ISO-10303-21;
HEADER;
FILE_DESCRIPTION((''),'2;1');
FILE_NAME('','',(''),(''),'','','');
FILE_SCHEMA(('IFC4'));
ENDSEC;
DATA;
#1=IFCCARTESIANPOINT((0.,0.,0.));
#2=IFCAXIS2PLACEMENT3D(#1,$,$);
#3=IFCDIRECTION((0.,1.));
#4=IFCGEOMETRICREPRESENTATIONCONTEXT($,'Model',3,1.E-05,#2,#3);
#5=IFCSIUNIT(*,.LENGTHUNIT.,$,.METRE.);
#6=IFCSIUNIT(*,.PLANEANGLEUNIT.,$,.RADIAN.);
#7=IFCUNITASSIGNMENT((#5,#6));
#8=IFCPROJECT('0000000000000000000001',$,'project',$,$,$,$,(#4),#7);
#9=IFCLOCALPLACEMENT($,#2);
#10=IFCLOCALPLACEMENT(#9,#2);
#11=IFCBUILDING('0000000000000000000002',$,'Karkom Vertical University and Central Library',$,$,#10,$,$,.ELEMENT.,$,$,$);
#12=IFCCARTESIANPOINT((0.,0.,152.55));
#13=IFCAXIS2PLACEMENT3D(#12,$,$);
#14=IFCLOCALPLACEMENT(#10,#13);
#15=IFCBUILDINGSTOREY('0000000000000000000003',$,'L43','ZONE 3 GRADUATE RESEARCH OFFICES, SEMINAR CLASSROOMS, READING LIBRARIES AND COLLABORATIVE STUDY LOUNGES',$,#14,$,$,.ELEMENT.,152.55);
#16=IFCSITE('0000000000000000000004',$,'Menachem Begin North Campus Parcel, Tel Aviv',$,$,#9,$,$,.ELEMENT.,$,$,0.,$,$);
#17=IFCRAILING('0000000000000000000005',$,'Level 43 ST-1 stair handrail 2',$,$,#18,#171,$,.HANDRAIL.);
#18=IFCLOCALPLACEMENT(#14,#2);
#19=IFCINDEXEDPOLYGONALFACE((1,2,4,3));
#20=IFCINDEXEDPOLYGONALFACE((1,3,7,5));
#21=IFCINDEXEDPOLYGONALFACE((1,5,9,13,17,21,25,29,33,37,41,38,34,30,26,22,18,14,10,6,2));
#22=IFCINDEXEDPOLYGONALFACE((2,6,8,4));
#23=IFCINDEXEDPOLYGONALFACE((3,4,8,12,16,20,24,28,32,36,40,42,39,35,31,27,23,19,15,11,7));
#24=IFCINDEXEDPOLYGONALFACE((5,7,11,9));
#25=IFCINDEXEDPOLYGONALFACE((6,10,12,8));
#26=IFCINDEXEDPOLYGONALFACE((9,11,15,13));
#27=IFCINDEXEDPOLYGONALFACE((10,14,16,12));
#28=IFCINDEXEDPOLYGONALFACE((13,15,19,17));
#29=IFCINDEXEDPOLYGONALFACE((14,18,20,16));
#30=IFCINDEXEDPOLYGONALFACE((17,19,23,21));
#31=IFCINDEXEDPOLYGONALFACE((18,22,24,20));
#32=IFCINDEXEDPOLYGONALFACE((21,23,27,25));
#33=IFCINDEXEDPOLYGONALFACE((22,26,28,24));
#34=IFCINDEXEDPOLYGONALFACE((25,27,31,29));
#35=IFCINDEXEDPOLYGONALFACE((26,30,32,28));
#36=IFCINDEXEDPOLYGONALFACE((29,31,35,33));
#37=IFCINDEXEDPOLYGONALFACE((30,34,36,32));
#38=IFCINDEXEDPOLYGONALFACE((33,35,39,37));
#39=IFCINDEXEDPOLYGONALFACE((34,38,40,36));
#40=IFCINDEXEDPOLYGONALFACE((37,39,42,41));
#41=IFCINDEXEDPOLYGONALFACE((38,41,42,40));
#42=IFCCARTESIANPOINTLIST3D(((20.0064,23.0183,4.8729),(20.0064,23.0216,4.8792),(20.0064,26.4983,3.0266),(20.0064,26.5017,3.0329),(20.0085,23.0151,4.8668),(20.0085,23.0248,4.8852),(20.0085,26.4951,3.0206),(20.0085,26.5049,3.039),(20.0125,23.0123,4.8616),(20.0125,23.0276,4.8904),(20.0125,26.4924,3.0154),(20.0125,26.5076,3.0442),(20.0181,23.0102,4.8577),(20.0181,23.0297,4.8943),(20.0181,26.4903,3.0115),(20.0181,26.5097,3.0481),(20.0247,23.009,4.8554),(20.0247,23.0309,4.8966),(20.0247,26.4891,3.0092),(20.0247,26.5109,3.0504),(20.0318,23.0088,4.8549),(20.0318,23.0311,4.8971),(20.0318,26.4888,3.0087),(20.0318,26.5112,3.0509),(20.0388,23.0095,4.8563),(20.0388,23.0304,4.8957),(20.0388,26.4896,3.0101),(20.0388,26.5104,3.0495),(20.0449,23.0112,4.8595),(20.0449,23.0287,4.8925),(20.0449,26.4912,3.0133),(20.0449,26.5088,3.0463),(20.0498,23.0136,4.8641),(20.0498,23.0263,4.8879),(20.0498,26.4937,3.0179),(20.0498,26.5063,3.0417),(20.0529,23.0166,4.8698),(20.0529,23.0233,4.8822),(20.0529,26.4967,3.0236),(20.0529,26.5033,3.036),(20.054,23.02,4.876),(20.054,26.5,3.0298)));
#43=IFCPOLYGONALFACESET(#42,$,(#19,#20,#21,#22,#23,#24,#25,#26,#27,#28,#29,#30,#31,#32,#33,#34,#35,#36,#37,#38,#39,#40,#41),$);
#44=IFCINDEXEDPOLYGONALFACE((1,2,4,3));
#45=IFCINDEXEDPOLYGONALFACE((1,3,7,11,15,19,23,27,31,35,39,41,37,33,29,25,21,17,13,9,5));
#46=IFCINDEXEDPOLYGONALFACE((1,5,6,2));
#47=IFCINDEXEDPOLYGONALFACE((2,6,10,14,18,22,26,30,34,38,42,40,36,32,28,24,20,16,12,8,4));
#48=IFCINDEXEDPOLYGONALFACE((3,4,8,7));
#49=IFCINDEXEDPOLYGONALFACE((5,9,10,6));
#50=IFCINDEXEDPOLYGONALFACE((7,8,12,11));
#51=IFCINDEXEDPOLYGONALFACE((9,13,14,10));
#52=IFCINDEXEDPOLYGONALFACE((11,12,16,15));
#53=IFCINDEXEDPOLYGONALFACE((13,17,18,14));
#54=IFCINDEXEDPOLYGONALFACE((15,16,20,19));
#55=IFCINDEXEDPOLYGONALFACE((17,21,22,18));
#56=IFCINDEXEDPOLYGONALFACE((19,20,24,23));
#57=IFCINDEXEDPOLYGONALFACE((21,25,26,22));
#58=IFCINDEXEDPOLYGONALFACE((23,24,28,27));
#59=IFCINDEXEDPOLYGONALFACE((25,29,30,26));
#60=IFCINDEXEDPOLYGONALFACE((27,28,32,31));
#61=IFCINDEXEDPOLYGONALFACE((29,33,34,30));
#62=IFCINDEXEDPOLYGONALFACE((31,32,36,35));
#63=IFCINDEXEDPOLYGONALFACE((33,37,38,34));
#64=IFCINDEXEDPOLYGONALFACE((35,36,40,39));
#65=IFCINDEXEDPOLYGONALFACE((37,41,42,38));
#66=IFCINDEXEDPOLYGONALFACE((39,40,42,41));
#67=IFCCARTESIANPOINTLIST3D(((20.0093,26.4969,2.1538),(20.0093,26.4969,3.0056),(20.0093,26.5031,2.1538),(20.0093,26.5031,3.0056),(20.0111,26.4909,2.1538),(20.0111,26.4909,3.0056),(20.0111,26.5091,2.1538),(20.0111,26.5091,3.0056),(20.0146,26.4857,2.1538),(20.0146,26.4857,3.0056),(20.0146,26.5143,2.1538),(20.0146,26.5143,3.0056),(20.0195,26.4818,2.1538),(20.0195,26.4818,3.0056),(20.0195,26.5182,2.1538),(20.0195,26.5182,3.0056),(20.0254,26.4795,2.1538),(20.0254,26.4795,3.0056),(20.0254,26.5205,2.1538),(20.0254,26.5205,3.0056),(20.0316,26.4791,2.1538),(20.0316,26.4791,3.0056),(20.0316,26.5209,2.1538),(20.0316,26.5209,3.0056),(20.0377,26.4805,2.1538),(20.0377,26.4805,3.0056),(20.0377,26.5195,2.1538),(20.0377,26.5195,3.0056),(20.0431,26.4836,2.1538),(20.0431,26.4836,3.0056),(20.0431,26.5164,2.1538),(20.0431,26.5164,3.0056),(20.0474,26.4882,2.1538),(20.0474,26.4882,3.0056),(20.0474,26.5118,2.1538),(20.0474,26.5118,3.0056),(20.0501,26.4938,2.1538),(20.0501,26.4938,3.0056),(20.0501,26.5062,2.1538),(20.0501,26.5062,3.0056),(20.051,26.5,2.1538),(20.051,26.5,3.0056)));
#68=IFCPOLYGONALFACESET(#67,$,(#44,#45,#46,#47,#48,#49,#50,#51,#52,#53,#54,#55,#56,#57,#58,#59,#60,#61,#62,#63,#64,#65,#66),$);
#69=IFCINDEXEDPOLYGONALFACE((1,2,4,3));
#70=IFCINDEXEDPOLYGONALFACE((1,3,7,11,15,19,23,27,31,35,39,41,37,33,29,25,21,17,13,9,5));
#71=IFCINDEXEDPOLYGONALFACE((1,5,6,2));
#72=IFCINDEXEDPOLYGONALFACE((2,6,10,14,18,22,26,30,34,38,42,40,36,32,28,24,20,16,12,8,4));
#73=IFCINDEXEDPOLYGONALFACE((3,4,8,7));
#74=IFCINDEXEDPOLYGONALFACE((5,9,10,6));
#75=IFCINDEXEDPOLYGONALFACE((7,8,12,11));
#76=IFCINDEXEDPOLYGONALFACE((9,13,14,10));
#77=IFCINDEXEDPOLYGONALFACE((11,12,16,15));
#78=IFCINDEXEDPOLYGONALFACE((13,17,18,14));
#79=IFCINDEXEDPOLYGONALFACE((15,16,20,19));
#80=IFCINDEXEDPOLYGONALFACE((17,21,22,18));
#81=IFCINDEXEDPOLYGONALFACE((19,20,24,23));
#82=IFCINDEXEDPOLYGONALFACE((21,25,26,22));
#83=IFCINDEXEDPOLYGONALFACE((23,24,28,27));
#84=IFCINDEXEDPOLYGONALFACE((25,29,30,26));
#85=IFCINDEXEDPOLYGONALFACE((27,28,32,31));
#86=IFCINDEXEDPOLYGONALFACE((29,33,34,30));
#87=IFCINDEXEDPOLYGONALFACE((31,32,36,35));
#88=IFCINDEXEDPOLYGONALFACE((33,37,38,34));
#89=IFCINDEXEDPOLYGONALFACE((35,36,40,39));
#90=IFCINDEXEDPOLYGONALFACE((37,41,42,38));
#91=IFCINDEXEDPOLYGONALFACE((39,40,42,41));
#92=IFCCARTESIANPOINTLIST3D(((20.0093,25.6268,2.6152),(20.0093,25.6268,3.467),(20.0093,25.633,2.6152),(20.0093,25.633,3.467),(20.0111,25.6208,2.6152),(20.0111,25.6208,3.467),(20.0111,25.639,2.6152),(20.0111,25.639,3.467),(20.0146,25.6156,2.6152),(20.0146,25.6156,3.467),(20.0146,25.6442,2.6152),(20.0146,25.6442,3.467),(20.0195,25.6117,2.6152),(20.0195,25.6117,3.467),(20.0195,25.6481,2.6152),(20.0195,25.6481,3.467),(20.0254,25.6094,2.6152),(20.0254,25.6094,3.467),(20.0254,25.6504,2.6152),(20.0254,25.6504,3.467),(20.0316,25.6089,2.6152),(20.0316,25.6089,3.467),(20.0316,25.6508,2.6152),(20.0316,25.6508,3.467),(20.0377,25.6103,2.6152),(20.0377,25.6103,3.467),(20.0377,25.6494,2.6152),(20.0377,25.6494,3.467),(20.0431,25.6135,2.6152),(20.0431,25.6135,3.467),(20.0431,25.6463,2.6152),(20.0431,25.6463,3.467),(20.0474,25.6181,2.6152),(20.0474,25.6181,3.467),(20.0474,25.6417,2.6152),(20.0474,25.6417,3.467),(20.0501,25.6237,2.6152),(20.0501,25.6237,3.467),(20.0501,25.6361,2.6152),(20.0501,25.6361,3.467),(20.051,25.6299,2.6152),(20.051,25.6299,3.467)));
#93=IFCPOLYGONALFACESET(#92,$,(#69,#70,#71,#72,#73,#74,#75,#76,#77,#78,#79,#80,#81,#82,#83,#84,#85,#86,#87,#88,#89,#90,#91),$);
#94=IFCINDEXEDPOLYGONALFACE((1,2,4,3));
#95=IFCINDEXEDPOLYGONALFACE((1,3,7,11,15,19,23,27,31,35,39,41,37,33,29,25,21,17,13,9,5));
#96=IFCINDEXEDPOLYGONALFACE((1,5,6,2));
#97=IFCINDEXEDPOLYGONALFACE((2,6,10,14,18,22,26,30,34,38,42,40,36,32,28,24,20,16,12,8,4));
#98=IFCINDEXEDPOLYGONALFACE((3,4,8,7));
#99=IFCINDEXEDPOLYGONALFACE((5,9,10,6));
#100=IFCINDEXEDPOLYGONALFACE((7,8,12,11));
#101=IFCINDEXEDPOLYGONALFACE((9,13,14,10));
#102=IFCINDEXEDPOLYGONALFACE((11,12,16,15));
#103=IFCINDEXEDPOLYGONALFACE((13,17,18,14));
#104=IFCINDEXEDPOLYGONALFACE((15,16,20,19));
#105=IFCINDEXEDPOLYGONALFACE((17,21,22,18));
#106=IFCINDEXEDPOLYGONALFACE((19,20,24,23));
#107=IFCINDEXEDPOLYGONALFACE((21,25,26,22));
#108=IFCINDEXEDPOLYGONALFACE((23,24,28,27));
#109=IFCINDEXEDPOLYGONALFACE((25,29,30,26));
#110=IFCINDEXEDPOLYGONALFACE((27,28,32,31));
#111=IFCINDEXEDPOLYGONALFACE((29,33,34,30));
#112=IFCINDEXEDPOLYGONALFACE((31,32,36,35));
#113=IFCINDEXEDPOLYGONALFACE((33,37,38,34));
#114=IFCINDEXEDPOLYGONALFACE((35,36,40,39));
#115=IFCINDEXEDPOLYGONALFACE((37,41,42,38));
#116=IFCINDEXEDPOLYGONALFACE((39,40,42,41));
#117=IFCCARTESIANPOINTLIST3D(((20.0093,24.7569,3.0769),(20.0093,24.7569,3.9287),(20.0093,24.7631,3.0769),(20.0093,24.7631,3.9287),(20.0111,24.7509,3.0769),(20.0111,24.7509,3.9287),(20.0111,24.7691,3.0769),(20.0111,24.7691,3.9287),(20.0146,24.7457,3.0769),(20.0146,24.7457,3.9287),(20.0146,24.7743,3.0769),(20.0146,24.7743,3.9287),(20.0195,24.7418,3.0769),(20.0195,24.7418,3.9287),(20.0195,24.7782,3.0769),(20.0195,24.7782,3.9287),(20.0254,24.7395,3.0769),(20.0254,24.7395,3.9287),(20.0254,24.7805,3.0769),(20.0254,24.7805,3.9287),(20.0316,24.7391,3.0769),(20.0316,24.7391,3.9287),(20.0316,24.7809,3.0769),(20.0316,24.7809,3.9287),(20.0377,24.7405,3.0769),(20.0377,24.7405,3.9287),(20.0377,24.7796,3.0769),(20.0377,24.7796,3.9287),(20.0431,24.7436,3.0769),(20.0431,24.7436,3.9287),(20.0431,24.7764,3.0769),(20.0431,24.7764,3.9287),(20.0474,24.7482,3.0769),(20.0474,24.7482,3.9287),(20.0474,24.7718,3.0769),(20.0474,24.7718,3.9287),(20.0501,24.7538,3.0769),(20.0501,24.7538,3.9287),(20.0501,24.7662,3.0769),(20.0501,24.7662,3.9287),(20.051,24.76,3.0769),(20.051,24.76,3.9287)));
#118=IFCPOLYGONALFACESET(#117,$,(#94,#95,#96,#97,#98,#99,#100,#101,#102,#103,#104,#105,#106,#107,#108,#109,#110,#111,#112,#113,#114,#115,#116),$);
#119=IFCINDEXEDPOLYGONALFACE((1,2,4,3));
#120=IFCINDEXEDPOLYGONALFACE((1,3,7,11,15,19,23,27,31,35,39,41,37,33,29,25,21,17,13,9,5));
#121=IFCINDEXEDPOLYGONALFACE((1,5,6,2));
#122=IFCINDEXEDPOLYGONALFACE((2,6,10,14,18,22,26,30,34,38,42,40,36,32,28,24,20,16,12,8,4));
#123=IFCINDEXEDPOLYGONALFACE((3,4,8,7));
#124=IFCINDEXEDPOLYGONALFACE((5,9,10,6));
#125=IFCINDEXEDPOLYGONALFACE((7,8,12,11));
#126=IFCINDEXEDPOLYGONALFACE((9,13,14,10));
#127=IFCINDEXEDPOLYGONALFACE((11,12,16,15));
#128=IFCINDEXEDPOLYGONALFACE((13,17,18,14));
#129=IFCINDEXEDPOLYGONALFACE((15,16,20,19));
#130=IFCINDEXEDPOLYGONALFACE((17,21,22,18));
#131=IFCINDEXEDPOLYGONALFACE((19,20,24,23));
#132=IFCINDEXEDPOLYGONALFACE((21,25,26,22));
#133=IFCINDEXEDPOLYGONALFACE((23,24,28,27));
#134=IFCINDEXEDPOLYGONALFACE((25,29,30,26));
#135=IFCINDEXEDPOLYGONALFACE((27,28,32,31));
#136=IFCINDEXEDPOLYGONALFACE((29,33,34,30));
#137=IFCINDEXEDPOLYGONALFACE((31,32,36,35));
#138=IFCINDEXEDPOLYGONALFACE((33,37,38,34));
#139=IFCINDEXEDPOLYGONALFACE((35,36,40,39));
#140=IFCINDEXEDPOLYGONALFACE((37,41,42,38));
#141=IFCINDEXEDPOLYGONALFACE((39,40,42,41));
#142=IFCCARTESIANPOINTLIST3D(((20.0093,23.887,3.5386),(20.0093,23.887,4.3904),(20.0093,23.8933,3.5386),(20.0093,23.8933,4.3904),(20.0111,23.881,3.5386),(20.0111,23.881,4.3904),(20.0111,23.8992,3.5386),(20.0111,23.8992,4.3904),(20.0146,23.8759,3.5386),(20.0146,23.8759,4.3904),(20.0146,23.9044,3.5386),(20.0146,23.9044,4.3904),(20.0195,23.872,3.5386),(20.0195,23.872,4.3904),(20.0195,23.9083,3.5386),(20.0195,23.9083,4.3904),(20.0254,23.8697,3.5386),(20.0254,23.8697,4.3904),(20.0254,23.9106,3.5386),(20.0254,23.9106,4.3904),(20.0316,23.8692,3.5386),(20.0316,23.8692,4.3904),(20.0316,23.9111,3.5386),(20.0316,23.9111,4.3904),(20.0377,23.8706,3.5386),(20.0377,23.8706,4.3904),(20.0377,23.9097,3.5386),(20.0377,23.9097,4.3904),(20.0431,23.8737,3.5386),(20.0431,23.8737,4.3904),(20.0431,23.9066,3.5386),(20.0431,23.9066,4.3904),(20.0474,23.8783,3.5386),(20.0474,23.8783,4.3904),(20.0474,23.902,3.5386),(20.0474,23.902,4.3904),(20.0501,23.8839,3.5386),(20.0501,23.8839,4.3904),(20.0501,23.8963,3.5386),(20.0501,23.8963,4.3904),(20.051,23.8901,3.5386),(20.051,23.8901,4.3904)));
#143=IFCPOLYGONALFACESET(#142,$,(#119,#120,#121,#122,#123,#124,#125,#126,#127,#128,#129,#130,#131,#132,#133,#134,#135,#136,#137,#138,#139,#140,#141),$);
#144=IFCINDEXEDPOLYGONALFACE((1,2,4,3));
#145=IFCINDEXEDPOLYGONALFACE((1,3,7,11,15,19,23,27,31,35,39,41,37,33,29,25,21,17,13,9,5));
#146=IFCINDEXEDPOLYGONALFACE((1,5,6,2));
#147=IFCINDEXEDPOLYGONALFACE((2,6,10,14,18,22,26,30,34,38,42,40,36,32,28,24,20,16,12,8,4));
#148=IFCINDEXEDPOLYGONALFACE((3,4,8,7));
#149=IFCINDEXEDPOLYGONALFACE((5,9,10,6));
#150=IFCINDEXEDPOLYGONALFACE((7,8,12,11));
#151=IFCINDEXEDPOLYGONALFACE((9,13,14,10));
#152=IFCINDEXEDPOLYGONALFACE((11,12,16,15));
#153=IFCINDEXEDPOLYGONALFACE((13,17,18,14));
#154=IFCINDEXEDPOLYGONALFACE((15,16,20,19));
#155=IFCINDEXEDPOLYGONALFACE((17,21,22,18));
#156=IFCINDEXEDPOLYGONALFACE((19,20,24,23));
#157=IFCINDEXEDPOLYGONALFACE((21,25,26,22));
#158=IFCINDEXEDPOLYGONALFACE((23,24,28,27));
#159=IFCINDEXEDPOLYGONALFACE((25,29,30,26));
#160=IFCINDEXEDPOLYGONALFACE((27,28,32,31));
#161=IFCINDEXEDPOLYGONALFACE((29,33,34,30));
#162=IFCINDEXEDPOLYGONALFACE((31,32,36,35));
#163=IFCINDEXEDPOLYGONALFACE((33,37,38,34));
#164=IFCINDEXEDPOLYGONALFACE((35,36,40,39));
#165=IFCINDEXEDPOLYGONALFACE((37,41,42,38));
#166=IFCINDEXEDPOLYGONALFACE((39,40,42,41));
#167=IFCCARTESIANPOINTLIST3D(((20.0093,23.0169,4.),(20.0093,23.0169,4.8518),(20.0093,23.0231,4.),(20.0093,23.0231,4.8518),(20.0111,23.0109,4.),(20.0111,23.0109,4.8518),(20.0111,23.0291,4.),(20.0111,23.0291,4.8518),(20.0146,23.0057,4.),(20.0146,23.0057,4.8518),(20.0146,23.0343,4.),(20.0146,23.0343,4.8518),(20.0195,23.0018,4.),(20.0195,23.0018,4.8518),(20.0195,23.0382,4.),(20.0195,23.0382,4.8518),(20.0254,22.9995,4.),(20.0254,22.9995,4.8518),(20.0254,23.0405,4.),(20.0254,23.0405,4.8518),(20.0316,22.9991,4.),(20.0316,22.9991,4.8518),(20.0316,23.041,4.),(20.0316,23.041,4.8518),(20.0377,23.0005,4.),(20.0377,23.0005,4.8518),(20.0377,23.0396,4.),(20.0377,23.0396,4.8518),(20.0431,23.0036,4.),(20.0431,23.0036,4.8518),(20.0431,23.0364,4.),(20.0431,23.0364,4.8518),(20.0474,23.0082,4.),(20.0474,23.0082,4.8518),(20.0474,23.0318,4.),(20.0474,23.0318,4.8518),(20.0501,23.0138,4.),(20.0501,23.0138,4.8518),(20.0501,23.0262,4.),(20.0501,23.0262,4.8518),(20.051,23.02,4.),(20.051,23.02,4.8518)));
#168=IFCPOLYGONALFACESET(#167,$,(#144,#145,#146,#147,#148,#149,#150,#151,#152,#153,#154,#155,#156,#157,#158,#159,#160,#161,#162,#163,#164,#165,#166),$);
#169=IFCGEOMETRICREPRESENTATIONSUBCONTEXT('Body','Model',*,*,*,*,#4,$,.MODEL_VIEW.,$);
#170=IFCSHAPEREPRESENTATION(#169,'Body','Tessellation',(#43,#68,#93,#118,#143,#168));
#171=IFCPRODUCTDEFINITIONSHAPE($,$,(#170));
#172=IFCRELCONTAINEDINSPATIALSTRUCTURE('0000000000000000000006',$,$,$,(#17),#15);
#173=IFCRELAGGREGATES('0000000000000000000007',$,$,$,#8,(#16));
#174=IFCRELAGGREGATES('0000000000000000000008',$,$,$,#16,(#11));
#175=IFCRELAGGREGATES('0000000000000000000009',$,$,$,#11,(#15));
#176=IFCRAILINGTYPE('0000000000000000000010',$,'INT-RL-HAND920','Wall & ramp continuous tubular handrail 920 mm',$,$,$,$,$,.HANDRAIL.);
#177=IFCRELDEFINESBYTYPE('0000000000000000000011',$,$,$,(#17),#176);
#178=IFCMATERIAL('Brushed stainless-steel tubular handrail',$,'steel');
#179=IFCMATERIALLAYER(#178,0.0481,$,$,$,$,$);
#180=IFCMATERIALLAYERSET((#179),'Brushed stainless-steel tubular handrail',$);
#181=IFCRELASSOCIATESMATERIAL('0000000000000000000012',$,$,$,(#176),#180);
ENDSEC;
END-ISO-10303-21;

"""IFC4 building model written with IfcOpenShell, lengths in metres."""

from ifc_helpers import new_model, si_unit, direction, frame, origin, origin_2d, place, context, subcontext, project, spatial, circle, extrude, material, layer, layer_set, type_object, element, save


model = new_model("IFC4")

# Units and contexts
model_context = context("Model", 3, precision=1e-05, world=origin(), true_north=direction((0.0, 1.0)))
body_context = subcontext(model_context, "Body", "Model", "MODEL_VIEW")
ifc_project = project(units=[si_unit("LENGTHUNIT", "METRE"), si_unit("PLANEANGLEUNIT", "RADIAN")], contexts=[model_context])

# Site, building, storey
site_placement = place(None, origin())
site = spatial("IfcSite", under=ifc_project, at=site_placement, Name="Menachem Begin North Campus Parcel, Tel Aviv", CompositionType="ELEMENT", RefElevation=0.0)
building_placement = place(site_placement, origin())
building = spatial("IfcBuilding", under=site, at=building_placement, Name="Karkom Vertical University and Central Library", CompositionType="ELEMENT")
storey_placement = place(building_placement, frame((0.0, 0.0, 152.55)))
storey = spatial("IfcBuildingStorey", under=building, at=storey_placement, Name="L43", Description="ZONE 3 GRADUATE RESEARCH OFFICES, SEMINAR CLASSROOMS, READING LIBRARIES AND COLLABORATIVE STUDY LOUNGES", CompositionType="ELEMENT", Elevation=152.55)

# Railing
ifc_material_1 = material(Name="Brushed stainless-steel tubular handrail", Category="steel")
ifc_layer_1 = layer(ifc_material_1, 0.0481)
ifc_layer_set_1 = layer_set([ifc_layer_1], Name="Brushed stainless-steel tubular handrail")
railing_type_1 = type_object("IfcRailingType", Name="INT-RL-HAND920", Description="Wall & ramp continuous tubular handrail 920 mm", PredefinedType="HANDRAIL", material=ifc_layer_set_1)
railing_1_placement = place(storey_placement, frame((20.03, 26.5, 2.1538)))
element("IfcRailing", 1, at=railing_1_placement, inside=storey, type_object=railing_type_1, Name="Level 43 ST-1 stair handrail 2", PredefinedType="HANDRAIL", context=body_context, shape_type="SweptSolid", body=[
    extrude(circle(Radius=0.0239, at=origin_2d()), frame((0.0, 0.0, 0.876), z_axis=(0.0, -0.883384, 0.468651), x_axis=(1.0, 0.0, 0.0)), (0.0, 0.0, 1.0), 3.9395),
    extrude(circle(Radius=0.021, at=origin_2d()), origin(), (0.0, 0.0, 1.0), 0.8518),
    extrude(circle(Radius=0.021, at=origin_2d()), frame((0.0, -0.8701, 0.4614)), (0.0, 0.0, 1.0), 0.8518),
    extrude(circle(Radius=0.021, at=origin_2d()), frame((0.0, -1.74, 0.9231)), (0.0, 0.0, 1.0), 0.8518),
    extrude(circle(Radius=0.021, at=origin_2d()), frame((0.0, -2.6099, 1.3848)), (0.0, 0.0, 1.0), 0.8518),
    extrude(circle(Radius=0.021, at=origin_2d()), frame((0.0, -3.48, 1.8462)), (0.0, 0.0, 1.0), 0.8518),
])

save(model, "model.ifc")
